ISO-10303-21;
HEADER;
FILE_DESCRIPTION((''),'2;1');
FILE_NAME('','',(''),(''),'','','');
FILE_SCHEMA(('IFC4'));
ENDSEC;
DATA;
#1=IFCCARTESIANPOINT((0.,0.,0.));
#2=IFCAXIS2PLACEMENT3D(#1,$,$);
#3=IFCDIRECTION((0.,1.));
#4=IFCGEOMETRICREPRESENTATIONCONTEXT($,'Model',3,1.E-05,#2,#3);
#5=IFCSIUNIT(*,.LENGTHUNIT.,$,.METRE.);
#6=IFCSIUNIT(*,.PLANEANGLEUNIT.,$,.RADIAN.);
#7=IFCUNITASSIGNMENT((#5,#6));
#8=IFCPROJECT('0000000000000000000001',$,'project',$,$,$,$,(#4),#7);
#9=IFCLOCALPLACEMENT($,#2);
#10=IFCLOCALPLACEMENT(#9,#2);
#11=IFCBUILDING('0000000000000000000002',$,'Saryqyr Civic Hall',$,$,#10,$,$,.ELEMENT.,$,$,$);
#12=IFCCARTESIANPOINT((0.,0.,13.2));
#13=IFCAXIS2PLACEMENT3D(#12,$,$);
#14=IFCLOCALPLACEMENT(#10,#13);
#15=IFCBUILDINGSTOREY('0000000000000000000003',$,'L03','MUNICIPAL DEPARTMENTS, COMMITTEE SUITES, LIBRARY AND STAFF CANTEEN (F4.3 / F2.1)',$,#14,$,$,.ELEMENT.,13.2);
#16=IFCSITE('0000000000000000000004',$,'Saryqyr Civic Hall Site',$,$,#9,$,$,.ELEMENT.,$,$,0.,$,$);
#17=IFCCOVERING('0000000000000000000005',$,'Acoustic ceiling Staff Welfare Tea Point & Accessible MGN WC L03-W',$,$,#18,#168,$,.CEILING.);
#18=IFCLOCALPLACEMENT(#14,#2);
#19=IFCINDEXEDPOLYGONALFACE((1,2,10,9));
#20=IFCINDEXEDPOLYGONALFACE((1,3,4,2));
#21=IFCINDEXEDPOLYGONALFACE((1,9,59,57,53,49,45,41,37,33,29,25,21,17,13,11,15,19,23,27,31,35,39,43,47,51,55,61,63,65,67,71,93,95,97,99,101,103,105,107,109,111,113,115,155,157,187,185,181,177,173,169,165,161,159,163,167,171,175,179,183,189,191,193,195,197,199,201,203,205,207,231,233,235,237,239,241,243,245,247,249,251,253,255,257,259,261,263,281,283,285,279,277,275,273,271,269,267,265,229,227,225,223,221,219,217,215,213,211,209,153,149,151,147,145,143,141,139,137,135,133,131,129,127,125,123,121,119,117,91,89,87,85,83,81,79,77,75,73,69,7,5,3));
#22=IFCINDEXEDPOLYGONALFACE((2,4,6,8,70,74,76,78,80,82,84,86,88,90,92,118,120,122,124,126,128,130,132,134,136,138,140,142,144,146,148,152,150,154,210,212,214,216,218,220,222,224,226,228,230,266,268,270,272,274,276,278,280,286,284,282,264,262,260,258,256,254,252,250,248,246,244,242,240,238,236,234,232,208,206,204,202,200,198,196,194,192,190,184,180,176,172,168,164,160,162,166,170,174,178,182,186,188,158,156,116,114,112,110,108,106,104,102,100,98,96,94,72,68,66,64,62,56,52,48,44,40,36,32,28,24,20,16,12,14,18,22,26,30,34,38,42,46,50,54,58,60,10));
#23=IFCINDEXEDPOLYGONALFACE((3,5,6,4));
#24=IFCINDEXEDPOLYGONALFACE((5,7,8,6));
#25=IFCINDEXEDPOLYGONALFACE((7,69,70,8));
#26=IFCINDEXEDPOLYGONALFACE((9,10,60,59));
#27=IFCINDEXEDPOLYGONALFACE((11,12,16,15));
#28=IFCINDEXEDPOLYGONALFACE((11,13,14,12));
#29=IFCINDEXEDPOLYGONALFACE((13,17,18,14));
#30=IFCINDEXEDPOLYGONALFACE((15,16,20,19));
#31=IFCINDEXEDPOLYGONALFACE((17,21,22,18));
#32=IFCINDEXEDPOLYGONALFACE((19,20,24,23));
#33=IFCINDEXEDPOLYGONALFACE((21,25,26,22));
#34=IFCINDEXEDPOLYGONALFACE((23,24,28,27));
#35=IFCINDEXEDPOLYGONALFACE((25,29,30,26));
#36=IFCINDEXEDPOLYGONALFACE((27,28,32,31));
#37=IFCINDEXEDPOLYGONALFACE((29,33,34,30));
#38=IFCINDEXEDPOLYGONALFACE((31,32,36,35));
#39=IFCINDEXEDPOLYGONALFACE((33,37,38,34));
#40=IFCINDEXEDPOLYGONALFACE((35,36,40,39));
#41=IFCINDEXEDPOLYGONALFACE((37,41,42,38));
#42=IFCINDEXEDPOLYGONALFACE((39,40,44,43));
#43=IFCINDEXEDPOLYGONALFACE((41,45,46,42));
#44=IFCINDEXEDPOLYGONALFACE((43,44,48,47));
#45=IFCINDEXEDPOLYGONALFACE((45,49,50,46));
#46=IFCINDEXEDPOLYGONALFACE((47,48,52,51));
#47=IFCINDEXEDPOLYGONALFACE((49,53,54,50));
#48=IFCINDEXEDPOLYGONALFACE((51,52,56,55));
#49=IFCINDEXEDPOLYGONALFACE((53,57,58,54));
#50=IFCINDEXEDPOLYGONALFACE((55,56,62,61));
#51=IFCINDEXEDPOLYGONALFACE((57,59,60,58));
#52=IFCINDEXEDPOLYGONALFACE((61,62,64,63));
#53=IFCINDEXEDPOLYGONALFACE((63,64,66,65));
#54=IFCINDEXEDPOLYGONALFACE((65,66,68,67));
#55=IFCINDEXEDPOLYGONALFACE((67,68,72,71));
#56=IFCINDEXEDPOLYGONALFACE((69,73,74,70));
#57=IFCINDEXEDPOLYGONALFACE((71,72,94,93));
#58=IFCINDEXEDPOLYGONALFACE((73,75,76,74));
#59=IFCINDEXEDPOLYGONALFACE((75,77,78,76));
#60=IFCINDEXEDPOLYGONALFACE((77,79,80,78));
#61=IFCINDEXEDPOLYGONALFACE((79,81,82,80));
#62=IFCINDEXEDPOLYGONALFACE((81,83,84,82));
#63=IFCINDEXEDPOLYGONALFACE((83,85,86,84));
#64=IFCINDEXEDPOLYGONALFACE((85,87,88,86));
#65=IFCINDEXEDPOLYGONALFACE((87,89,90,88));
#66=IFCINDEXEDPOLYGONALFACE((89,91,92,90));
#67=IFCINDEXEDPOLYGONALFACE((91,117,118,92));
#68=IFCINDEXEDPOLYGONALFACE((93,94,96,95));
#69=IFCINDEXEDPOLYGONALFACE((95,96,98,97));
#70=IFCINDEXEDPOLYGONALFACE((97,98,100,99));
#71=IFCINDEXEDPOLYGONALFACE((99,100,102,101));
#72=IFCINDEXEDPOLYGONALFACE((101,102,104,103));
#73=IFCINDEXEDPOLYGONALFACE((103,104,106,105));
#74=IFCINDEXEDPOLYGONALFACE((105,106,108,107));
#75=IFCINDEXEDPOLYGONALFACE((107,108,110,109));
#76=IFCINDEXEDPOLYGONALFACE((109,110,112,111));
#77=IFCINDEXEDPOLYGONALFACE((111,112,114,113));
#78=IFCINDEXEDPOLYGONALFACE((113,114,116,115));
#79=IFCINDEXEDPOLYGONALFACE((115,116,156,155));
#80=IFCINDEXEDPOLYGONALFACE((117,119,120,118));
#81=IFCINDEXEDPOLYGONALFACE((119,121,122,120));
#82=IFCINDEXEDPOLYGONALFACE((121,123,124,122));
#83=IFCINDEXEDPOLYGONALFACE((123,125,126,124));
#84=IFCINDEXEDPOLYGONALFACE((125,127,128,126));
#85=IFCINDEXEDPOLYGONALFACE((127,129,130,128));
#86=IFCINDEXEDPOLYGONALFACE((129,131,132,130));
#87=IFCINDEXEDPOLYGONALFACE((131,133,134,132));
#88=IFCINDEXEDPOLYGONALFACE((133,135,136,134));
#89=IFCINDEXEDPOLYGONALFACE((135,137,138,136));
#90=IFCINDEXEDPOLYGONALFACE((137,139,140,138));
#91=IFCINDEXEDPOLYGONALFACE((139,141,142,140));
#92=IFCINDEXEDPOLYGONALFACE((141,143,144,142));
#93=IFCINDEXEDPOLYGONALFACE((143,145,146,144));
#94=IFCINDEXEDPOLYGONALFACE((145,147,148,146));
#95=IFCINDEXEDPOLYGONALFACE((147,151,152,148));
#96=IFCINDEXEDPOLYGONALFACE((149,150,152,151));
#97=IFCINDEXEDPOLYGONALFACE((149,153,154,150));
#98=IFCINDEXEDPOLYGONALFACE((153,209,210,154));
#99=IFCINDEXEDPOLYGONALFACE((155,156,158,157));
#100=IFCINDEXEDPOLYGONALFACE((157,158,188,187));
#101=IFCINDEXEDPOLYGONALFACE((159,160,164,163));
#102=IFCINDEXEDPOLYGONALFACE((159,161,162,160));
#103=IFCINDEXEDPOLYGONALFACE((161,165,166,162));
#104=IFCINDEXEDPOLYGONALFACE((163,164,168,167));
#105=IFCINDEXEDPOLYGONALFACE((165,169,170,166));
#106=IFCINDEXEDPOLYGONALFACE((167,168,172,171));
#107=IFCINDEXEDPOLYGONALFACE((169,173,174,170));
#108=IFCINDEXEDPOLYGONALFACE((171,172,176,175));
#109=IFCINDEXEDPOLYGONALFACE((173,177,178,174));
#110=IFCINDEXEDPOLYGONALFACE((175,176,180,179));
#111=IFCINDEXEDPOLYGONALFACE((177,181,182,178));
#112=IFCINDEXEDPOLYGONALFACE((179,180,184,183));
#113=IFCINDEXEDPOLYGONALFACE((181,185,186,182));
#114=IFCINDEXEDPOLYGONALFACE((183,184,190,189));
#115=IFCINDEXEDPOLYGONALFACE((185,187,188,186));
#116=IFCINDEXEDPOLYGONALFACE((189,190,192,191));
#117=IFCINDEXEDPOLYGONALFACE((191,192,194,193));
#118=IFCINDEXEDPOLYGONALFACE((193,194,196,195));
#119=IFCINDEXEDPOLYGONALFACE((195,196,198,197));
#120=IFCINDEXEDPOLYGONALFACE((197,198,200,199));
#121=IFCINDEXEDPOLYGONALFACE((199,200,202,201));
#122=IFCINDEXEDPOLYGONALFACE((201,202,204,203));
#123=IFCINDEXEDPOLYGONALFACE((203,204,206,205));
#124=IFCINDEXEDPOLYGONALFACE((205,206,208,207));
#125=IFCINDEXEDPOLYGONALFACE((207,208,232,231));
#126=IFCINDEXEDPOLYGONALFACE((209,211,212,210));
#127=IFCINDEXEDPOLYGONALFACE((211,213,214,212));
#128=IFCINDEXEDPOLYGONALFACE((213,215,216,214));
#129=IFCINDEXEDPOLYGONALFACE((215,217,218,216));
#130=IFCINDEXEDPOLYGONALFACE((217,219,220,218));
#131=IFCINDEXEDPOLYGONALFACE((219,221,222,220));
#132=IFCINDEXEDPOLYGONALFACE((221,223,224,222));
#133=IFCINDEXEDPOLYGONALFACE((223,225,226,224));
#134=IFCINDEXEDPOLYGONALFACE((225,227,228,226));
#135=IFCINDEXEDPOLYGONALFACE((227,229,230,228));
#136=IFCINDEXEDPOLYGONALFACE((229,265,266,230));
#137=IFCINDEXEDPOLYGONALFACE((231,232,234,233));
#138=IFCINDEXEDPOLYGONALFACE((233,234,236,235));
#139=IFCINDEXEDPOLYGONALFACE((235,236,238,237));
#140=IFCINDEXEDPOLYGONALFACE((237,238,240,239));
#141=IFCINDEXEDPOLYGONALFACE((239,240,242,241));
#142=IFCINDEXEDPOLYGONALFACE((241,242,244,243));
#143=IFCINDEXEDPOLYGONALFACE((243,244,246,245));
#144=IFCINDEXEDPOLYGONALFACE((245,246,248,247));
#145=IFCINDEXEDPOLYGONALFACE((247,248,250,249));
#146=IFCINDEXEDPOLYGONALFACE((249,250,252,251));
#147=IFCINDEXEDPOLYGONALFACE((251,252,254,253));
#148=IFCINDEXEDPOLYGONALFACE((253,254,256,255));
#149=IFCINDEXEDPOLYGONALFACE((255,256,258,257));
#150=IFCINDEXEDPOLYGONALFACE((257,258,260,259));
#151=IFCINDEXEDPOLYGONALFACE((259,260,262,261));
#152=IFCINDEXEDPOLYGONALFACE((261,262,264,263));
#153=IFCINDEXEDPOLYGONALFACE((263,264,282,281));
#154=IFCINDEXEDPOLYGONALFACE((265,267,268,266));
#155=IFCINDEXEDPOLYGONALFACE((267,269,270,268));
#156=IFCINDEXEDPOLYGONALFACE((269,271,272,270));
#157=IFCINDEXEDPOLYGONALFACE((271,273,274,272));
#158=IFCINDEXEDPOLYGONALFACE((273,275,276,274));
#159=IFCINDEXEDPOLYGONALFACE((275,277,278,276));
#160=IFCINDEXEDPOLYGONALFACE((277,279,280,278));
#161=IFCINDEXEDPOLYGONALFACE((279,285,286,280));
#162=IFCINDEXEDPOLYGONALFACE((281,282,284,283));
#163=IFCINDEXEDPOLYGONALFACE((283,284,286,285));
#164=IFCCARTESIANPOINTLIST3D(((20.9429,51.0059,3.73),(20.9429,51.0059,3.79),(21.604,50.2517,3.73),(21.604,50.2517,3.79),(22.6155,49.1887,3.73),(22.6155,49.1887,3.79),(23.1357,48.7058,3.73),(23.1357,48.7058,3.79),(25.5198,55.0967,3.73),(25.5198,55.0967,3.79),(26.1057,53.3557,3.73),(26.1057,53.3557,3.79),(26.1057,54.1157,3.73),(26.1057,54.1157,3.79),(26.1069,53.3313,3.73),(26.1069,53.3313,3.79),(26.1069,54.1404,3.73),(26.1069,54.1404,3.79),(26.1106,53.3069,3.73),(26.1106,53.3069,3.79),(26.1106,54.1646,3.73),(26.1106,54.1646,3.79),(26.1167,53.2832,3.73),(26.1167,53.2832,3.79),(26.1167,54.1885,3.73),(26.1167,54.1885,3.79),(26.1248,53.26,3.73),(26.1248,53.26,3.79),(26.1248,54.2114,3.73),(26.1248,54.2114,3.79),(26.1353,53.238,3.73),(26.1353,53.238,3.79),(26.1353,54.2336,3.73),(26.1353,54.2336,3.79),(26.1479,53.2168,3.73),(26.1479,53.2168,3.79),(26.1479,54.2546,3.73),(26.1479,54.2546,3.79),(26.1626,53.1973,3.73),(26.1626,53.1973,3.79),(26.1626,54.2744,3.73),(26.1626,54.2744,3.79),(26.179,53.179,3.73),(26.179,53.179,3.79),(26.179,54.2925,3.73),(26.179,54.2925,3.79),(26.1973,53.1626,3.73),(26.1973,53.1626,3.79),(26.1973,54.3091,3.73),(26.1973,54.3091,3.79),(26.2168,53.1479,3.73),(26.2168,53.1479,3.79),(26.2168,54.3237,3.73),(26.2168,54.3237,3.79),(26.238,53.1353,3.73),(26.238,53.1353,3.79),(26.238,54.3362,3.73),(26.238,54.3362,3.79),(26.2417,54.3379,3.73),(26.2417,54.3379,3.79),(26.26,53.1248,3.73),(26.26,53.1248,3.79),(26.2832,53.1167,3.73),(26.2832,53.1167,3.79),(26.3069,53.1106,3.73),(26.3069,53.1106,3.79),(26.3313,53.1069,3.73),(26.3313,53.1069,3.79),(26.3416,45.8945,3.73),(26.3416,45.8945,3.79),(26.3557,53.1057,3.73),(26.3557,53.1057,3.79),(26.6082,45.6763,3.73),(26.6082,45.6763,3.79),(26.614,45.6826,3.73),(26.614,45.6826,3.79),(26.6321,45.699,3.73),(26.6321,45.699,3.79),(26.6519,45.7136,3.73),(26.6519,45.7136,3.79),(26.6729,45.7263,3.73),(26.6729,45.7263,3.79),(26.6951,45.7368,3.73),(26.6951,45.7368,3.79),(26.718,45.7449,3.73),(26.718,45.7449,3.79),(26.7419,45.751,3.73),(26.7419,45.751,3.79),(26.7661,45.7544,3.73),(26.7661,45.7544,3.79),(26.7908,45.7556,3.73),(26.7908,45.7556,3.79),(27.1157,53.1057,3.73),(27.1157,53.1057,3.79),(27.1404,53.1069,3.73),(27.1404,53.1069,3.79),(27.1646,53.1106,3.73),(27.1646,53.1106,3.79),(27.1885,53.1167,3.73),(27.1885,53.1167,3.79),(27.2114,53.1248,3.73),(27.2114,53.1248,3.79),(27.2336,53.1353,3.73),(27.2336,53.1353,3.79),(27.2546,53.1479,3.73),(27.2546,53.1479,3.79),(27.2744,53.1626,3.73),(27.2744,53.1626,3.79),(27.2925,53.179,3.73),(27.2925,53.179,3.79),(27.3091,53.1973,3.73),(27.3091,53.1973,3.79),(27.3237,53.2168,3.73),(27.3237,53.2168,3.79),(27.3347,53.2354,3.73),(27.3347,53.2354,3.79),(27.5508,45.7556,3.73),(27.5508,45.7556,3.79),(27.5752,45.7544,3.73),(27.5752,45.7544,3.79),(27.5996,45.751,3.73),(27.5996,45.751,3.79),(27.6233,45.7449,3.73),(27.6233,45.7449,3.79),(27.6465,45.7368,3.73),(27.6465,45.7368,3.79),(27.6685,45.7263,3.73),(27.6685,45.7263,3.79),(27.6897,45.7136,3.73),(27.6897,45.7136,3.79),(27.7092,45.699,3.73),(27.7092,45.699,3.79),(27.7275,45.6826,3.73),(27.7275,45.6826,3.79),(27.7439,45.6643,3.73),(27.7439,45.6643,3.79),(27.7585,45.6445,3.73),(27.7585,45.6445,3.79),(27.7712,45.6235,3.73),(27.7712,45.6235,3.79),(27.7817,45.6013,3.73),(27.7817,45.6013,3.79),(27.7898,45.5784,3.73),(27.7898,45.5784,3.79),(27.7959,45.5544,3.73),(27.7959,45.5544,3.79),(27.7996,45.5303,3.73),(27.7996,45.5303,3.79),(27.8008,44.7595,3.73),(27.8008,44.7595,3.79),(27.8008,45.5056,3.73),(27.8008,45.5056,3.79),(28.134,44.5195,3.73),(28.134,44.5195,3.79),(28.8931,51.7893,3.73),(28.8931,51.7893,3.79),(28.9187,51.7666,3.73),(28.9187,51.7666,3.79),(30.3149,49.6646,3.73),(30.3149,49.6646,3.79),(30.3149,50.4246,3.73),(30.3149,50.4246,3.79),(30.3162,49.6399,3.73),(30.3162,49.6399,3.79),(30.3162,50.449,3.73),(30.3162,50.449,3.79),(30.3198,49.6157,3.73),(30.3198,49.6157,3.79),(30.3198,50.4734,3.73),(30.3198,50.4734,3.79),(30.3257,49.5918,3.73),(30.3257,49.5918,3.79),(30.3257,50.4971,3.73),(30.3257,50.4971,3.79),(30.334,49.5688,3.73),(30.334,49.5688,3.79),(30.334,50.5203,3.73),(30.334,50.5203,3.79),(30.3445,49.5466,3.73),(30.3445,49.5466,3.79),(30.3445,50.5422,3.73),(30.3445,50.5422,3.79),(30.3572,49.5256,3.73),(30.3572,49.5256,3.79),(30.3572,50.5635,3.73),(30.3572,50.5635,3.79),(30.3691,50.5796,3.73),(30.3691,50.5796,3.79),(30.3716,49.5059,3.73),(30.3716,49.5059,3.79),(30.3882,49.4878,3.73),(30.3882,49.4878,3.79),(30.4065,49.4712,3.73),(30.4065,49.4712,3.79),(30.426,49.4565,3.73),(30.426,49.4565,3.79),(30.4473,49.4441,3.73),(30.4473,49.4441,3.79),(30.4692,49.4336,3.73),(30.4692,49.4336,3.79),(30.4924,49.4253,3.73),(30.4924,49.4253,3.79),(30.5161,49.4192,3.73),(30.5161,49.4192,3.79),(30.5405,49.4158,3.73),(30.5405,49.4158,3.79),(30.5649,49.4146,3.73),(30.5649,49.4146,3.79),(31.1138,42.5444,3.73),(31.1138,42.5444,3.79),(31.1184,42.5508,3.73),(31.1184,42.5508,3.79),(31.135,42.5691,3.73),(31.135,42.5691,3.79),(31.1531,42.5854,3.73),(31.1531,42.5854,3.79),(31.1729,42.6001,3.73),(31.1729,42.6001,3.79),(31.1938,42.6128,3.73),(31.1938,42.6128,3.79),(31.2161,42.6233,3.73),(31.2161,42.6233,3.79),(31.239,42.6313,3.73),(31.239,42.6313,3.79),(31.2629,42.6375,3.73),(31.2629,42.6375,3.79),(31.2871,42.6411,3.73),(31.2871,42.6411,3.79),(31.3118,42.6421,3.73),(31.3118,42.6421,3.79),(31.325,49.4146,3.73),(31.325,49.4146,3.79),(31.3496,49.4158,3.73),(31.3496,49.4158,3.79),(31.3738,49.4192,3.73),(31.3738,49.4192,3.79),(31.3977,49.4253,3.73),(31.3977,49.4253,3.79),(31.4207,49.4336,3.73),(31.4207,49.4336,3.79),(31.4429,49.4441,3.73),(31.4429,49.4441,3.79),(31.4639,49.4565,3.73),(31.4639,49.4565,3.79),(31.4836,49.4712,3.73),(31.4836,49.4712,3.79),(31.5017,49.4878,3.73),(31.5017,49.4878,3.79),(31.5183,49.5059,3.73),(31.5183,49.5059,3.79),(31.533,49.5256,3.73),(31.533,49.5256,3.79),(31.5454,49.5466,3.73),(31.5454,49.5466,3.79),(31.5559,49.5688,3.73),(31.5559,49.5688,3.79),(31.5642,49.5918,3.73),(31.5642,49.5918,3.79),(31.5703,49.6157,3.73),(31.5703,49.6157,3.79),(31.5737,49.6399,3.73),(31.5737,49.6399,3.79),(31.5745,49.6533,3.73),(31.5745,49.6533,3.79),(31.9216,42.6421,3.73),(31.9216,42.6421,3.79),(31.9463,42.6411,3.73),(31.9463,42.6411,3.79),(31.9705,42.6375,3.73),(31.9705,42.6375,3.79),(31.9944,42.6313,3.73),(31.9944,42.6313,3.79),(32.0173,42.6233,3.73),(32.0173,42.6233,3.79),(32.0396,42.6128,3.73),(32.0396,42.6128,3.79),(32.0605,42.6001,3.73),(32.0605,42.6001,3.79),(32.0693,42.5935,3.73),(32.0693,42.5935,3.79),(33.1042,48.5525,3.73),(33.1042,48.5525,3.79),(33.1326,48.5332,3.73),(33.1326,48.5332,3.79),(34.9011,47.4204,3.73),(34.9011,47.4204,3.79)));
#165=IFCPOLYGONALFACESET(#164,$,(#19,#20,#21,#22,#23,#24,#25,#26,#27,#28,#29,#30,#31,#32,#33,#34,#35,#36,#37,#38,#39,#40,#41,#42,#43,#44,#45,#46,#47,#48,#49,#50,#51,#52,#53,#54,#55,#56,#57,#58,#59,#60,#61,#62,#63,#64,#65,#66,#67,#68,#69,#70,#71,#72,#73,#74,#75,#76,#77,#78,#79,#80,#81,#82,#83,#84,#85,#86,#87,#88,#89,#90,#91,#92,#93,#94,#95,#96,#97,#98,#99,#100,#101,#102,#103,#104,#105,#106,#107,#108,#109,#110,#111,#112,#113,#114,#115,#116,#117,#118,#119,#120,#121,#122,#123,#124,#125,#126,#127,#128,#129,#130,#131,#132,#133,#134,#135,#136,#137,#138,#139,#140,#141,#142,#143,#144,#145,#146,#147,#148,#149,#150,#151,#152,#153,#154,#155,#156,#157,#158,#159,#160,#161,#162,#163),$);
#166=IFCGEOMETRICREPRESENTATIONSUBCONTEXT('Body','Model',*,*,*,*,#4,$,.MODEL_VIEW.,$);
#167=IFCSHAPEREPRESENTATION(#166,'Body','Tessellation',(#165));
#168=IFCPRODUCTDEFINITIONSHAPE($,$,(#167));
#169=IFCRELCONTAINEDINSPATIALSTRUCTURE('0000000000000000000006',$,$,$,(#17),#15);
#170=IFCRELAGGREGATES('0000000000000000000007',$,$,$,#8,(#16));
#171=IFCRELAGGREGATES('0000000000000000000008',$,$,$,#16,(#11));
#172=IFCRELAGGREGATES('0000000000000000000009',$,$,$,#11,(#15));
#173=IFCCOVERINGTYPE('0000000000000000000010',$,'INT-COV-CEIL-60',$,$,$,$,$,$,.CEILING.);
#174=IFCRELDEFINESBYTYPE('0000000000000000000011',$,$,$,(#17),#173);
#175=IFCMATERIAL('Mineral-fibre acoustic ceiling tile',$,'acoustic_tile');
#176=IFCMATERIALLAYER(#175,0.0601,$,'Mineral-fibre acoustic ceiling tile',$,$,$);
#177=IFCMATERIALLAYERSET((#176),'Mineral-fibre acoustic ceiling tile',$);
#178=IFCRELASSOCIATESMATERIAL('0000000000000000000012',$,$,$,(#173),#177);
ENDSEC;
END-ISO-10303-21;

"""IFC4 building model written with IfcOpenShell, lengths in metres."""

from ifc_helpers import new_model, si_unit, direction, frame, origin, place, context, subcontext, project, spatial, polyline, outline, extrude, material, layer, layer_set, type_object, element, save


model = new_model("IFC4")

# Units and contexts
model_context = context("Model", 3, precision=1e-05, world=origin(), true_north=direction((0.0, 1.0)))
body_context = subcontext(model_context, "Body", "Model", "MODEL_VIEW")
ifc_project = project(units=[si_unit("LENGTHUNIT", "METRE"), si_unit("PLANEANGLEUNIT", "RADIAN")], contexts=[model_context])

# Site, building, storey
site_placement = place(None, origin())
site = spatial("IfcSite", under=ifc_project, at=site_placement, Name="Saryqyr Civic Hall Site", CompositionType="ELEMENT", RefElevation=0.0)
building_placement = place(site_placement, origin())
building = spatial("IfcBuilding", under=site, at=building_placement, Name="Saryqyr Civic Hall", CompositionType="ELEMENT")
storey_placement = place(building_placement, frame((0.0, 0.0, 13.2)))
storey = spatial("IfcBuildingStorey", under=building, at=storey_placement, Name="L03", Description="MUNICIPAL DEPARTMENTS, COMMITTEE SUITES, LIBRARY AND STAFF CANTEEN (F4.3 / F2.1)", CompositionType="ELEMENT", Elevation=13.2)

# Covering
ifc_material_1 = material(Name="Mineral-fibre acoustic ceiling tile", Category="acoustic_tile")
ifc_layer_1 = layer(ifc_material_1, 0.0601, Name="Mineral-fibre acoustic ceiling tile")
ifc_layer_set_1 = layer_set([ifc_layer_1], Name="Mineral-fibre acoustic ceiling tile")
covering_type = type_object("IfcCoveringType", Name="INT-COV-CEIL-60", PredefinedType="CEILING", material=ifc_layer_set_1)
covering_1_placement = place(storey_placement, frame((0.0, 0.0, 3.73)))
element("IfcCovering", 1, at=covering_1_placement, inside=storey, type_object=covering_type, Name="Acoustic ceiling Staff Welfare Tea Point & Accessible MGN WC L03-W", PredefinedType="CEILING", context=body_context, shape_type="SweptSolid", body=[
    extrude(outline(polyline([(26.2417, 54.3379), (26.238, 54.3362), (26.2168, 54.3237), (26.1973, 54.3091), (26.179, 54.2925), (26.1626, 54.2744), (26.1479, 54.2546), (26.1353, 54.2336), (26.1248, 54.2114), (26.1167, 54.1885), (26.1106, 54.1646), (26.1069, 54.1404), (26.1057, 54.1157), (26.1057, 53.3557), (26.1069, 53.3313), (26.1106, 53.3069), (26.1167, 53.2832), (26.1248, 53.26), (26.1353, 53.238), (26.1479, 53.2168), (26.1626, 53.1973), (26.179, 53.179), (26.1973, 53.1626), (26.2168, 53.1479), (26.238, 53.1353), (26.26, 53.1248), (26.2832, 53.1167), (26.3069, 53.1106), (26.3313, 53.1069), (26.3557, 53.1057), (27.1157, 53.1057), (27.1404, 53.1069), (27.1646, 53.1106), (27.1885, 53.1167), (27.2114, 53.1248), (27.2336, 53.1353), (27.2546, 53.1479), (27.2744, 53.1626), (27.2925, 53.179), (27.3091, 53.1973), (27.3237, 53.2168), (27.3347, 53.2354), (28.8931, 51.7893), (28.9187, 51.7666), (30.3691, 50.5796), (30.3572, 50.5635), (30.3445, 50.5422), (30.334, 50.5203), (30.3257, 50.4971), (30.3198, 50.4734), (30.3162, 50.449), (30.3149, 50.4246), (30.3149, 49.6646), (30.3162, 49.6399), (30.3198, 49.6157), (30.3257, 49.5918), (30.334, 49.5688), (30.3445, 49.5466), (30.3572, 49.5256), (30.3716, 49.5059), (30.3882, 49.4878), (30.4065, 49.4712), (30.426, 49.4565), (30.4473, 49.4441), (30.4692, 49.4336), (30.4924, 49.4253), (30.5161, 49.4192), (30.5405, 49.4158), (30.5649, 49.4146), (31.325, 49.4146), (31.3496, 49.4158), (31.3738, 49.4192), (31.3977, 49.4253), (31.4207, 49.4336), (31.4429, 49.4441), (31.4639, 49.4565), (31.4836, 49.4712), (31.5017, 49.4878), (31.5183, 49.5059), (31.533, 49.5256), (31.5454, 49.5466), (31.5559, 49.5688), (31.5642, 49.5918), (31.5703, 49.6157), (31.5737, 49.6399), (31.5745, 49.6533), (33.1042, 48.5525), (33.1326, 48.5332), (34.9011, 47.4204), (32.0693, 42.5935), (32.0605, 42.6001), (32.0396, 42.6128), (32.0173, 42.6233), (31.9944, 42.6313), (31.9705, 42.6375), (31.9463, 42.6411), (31.9216, 42.6421), (31.3118, 42.6421), (31.2871, 42.6411), (31.2629, 42.6375), (31.239, 42.6313), (31.2161, 42.6233), (31.1938, 42.6128), (31.1729, 42.6001), (31.1531, 42.5854), (31.135, 42.5691), (31.1184, 42.5508), (31.1138, 42.5444), (28.134, 44.5195), (27.8008, 44.7595), (27.8008, 45.5056), (27.7996, 45.5303), (27.7959, 45.5544), (27.7898, 45.5784), (27.7817, 45.6013), (27.7712, 45.6235), (27.7585, 45.6445), (27.7439, 45.6643), (27.7275, 45.6826), (27.7092, 45.699), (27.6897, 45.7136), (27.6685, 45.7263), (27.6465, 45.7368), (27.6233, 45.7449), (27.5996, 45.751), (27.5752, 45.7544), (27.5508, 45.7556), (26.7908, 45.7556), (26.7661, 45.7544), (26.7419, 45.751), (26.718, 45.7449), (26.6951, 45.7368), (26.6729, 45.7263), (26.6519, 45.7136), (26.6321, 45.699), (26.614, 45.6826), (26.6082, 45.6763), (26.3416, 45.8945), (23.1357, 48.7058), (22.6155, 49.1887), (21.604, 50.2517), (20.9429, 51.0059), (25.5198, 55.0967), (26.2417, 54.3379)])), origin(), (0.0, 0.0, 1.0), 0.0601),
])

save(model, "model.ifc")
